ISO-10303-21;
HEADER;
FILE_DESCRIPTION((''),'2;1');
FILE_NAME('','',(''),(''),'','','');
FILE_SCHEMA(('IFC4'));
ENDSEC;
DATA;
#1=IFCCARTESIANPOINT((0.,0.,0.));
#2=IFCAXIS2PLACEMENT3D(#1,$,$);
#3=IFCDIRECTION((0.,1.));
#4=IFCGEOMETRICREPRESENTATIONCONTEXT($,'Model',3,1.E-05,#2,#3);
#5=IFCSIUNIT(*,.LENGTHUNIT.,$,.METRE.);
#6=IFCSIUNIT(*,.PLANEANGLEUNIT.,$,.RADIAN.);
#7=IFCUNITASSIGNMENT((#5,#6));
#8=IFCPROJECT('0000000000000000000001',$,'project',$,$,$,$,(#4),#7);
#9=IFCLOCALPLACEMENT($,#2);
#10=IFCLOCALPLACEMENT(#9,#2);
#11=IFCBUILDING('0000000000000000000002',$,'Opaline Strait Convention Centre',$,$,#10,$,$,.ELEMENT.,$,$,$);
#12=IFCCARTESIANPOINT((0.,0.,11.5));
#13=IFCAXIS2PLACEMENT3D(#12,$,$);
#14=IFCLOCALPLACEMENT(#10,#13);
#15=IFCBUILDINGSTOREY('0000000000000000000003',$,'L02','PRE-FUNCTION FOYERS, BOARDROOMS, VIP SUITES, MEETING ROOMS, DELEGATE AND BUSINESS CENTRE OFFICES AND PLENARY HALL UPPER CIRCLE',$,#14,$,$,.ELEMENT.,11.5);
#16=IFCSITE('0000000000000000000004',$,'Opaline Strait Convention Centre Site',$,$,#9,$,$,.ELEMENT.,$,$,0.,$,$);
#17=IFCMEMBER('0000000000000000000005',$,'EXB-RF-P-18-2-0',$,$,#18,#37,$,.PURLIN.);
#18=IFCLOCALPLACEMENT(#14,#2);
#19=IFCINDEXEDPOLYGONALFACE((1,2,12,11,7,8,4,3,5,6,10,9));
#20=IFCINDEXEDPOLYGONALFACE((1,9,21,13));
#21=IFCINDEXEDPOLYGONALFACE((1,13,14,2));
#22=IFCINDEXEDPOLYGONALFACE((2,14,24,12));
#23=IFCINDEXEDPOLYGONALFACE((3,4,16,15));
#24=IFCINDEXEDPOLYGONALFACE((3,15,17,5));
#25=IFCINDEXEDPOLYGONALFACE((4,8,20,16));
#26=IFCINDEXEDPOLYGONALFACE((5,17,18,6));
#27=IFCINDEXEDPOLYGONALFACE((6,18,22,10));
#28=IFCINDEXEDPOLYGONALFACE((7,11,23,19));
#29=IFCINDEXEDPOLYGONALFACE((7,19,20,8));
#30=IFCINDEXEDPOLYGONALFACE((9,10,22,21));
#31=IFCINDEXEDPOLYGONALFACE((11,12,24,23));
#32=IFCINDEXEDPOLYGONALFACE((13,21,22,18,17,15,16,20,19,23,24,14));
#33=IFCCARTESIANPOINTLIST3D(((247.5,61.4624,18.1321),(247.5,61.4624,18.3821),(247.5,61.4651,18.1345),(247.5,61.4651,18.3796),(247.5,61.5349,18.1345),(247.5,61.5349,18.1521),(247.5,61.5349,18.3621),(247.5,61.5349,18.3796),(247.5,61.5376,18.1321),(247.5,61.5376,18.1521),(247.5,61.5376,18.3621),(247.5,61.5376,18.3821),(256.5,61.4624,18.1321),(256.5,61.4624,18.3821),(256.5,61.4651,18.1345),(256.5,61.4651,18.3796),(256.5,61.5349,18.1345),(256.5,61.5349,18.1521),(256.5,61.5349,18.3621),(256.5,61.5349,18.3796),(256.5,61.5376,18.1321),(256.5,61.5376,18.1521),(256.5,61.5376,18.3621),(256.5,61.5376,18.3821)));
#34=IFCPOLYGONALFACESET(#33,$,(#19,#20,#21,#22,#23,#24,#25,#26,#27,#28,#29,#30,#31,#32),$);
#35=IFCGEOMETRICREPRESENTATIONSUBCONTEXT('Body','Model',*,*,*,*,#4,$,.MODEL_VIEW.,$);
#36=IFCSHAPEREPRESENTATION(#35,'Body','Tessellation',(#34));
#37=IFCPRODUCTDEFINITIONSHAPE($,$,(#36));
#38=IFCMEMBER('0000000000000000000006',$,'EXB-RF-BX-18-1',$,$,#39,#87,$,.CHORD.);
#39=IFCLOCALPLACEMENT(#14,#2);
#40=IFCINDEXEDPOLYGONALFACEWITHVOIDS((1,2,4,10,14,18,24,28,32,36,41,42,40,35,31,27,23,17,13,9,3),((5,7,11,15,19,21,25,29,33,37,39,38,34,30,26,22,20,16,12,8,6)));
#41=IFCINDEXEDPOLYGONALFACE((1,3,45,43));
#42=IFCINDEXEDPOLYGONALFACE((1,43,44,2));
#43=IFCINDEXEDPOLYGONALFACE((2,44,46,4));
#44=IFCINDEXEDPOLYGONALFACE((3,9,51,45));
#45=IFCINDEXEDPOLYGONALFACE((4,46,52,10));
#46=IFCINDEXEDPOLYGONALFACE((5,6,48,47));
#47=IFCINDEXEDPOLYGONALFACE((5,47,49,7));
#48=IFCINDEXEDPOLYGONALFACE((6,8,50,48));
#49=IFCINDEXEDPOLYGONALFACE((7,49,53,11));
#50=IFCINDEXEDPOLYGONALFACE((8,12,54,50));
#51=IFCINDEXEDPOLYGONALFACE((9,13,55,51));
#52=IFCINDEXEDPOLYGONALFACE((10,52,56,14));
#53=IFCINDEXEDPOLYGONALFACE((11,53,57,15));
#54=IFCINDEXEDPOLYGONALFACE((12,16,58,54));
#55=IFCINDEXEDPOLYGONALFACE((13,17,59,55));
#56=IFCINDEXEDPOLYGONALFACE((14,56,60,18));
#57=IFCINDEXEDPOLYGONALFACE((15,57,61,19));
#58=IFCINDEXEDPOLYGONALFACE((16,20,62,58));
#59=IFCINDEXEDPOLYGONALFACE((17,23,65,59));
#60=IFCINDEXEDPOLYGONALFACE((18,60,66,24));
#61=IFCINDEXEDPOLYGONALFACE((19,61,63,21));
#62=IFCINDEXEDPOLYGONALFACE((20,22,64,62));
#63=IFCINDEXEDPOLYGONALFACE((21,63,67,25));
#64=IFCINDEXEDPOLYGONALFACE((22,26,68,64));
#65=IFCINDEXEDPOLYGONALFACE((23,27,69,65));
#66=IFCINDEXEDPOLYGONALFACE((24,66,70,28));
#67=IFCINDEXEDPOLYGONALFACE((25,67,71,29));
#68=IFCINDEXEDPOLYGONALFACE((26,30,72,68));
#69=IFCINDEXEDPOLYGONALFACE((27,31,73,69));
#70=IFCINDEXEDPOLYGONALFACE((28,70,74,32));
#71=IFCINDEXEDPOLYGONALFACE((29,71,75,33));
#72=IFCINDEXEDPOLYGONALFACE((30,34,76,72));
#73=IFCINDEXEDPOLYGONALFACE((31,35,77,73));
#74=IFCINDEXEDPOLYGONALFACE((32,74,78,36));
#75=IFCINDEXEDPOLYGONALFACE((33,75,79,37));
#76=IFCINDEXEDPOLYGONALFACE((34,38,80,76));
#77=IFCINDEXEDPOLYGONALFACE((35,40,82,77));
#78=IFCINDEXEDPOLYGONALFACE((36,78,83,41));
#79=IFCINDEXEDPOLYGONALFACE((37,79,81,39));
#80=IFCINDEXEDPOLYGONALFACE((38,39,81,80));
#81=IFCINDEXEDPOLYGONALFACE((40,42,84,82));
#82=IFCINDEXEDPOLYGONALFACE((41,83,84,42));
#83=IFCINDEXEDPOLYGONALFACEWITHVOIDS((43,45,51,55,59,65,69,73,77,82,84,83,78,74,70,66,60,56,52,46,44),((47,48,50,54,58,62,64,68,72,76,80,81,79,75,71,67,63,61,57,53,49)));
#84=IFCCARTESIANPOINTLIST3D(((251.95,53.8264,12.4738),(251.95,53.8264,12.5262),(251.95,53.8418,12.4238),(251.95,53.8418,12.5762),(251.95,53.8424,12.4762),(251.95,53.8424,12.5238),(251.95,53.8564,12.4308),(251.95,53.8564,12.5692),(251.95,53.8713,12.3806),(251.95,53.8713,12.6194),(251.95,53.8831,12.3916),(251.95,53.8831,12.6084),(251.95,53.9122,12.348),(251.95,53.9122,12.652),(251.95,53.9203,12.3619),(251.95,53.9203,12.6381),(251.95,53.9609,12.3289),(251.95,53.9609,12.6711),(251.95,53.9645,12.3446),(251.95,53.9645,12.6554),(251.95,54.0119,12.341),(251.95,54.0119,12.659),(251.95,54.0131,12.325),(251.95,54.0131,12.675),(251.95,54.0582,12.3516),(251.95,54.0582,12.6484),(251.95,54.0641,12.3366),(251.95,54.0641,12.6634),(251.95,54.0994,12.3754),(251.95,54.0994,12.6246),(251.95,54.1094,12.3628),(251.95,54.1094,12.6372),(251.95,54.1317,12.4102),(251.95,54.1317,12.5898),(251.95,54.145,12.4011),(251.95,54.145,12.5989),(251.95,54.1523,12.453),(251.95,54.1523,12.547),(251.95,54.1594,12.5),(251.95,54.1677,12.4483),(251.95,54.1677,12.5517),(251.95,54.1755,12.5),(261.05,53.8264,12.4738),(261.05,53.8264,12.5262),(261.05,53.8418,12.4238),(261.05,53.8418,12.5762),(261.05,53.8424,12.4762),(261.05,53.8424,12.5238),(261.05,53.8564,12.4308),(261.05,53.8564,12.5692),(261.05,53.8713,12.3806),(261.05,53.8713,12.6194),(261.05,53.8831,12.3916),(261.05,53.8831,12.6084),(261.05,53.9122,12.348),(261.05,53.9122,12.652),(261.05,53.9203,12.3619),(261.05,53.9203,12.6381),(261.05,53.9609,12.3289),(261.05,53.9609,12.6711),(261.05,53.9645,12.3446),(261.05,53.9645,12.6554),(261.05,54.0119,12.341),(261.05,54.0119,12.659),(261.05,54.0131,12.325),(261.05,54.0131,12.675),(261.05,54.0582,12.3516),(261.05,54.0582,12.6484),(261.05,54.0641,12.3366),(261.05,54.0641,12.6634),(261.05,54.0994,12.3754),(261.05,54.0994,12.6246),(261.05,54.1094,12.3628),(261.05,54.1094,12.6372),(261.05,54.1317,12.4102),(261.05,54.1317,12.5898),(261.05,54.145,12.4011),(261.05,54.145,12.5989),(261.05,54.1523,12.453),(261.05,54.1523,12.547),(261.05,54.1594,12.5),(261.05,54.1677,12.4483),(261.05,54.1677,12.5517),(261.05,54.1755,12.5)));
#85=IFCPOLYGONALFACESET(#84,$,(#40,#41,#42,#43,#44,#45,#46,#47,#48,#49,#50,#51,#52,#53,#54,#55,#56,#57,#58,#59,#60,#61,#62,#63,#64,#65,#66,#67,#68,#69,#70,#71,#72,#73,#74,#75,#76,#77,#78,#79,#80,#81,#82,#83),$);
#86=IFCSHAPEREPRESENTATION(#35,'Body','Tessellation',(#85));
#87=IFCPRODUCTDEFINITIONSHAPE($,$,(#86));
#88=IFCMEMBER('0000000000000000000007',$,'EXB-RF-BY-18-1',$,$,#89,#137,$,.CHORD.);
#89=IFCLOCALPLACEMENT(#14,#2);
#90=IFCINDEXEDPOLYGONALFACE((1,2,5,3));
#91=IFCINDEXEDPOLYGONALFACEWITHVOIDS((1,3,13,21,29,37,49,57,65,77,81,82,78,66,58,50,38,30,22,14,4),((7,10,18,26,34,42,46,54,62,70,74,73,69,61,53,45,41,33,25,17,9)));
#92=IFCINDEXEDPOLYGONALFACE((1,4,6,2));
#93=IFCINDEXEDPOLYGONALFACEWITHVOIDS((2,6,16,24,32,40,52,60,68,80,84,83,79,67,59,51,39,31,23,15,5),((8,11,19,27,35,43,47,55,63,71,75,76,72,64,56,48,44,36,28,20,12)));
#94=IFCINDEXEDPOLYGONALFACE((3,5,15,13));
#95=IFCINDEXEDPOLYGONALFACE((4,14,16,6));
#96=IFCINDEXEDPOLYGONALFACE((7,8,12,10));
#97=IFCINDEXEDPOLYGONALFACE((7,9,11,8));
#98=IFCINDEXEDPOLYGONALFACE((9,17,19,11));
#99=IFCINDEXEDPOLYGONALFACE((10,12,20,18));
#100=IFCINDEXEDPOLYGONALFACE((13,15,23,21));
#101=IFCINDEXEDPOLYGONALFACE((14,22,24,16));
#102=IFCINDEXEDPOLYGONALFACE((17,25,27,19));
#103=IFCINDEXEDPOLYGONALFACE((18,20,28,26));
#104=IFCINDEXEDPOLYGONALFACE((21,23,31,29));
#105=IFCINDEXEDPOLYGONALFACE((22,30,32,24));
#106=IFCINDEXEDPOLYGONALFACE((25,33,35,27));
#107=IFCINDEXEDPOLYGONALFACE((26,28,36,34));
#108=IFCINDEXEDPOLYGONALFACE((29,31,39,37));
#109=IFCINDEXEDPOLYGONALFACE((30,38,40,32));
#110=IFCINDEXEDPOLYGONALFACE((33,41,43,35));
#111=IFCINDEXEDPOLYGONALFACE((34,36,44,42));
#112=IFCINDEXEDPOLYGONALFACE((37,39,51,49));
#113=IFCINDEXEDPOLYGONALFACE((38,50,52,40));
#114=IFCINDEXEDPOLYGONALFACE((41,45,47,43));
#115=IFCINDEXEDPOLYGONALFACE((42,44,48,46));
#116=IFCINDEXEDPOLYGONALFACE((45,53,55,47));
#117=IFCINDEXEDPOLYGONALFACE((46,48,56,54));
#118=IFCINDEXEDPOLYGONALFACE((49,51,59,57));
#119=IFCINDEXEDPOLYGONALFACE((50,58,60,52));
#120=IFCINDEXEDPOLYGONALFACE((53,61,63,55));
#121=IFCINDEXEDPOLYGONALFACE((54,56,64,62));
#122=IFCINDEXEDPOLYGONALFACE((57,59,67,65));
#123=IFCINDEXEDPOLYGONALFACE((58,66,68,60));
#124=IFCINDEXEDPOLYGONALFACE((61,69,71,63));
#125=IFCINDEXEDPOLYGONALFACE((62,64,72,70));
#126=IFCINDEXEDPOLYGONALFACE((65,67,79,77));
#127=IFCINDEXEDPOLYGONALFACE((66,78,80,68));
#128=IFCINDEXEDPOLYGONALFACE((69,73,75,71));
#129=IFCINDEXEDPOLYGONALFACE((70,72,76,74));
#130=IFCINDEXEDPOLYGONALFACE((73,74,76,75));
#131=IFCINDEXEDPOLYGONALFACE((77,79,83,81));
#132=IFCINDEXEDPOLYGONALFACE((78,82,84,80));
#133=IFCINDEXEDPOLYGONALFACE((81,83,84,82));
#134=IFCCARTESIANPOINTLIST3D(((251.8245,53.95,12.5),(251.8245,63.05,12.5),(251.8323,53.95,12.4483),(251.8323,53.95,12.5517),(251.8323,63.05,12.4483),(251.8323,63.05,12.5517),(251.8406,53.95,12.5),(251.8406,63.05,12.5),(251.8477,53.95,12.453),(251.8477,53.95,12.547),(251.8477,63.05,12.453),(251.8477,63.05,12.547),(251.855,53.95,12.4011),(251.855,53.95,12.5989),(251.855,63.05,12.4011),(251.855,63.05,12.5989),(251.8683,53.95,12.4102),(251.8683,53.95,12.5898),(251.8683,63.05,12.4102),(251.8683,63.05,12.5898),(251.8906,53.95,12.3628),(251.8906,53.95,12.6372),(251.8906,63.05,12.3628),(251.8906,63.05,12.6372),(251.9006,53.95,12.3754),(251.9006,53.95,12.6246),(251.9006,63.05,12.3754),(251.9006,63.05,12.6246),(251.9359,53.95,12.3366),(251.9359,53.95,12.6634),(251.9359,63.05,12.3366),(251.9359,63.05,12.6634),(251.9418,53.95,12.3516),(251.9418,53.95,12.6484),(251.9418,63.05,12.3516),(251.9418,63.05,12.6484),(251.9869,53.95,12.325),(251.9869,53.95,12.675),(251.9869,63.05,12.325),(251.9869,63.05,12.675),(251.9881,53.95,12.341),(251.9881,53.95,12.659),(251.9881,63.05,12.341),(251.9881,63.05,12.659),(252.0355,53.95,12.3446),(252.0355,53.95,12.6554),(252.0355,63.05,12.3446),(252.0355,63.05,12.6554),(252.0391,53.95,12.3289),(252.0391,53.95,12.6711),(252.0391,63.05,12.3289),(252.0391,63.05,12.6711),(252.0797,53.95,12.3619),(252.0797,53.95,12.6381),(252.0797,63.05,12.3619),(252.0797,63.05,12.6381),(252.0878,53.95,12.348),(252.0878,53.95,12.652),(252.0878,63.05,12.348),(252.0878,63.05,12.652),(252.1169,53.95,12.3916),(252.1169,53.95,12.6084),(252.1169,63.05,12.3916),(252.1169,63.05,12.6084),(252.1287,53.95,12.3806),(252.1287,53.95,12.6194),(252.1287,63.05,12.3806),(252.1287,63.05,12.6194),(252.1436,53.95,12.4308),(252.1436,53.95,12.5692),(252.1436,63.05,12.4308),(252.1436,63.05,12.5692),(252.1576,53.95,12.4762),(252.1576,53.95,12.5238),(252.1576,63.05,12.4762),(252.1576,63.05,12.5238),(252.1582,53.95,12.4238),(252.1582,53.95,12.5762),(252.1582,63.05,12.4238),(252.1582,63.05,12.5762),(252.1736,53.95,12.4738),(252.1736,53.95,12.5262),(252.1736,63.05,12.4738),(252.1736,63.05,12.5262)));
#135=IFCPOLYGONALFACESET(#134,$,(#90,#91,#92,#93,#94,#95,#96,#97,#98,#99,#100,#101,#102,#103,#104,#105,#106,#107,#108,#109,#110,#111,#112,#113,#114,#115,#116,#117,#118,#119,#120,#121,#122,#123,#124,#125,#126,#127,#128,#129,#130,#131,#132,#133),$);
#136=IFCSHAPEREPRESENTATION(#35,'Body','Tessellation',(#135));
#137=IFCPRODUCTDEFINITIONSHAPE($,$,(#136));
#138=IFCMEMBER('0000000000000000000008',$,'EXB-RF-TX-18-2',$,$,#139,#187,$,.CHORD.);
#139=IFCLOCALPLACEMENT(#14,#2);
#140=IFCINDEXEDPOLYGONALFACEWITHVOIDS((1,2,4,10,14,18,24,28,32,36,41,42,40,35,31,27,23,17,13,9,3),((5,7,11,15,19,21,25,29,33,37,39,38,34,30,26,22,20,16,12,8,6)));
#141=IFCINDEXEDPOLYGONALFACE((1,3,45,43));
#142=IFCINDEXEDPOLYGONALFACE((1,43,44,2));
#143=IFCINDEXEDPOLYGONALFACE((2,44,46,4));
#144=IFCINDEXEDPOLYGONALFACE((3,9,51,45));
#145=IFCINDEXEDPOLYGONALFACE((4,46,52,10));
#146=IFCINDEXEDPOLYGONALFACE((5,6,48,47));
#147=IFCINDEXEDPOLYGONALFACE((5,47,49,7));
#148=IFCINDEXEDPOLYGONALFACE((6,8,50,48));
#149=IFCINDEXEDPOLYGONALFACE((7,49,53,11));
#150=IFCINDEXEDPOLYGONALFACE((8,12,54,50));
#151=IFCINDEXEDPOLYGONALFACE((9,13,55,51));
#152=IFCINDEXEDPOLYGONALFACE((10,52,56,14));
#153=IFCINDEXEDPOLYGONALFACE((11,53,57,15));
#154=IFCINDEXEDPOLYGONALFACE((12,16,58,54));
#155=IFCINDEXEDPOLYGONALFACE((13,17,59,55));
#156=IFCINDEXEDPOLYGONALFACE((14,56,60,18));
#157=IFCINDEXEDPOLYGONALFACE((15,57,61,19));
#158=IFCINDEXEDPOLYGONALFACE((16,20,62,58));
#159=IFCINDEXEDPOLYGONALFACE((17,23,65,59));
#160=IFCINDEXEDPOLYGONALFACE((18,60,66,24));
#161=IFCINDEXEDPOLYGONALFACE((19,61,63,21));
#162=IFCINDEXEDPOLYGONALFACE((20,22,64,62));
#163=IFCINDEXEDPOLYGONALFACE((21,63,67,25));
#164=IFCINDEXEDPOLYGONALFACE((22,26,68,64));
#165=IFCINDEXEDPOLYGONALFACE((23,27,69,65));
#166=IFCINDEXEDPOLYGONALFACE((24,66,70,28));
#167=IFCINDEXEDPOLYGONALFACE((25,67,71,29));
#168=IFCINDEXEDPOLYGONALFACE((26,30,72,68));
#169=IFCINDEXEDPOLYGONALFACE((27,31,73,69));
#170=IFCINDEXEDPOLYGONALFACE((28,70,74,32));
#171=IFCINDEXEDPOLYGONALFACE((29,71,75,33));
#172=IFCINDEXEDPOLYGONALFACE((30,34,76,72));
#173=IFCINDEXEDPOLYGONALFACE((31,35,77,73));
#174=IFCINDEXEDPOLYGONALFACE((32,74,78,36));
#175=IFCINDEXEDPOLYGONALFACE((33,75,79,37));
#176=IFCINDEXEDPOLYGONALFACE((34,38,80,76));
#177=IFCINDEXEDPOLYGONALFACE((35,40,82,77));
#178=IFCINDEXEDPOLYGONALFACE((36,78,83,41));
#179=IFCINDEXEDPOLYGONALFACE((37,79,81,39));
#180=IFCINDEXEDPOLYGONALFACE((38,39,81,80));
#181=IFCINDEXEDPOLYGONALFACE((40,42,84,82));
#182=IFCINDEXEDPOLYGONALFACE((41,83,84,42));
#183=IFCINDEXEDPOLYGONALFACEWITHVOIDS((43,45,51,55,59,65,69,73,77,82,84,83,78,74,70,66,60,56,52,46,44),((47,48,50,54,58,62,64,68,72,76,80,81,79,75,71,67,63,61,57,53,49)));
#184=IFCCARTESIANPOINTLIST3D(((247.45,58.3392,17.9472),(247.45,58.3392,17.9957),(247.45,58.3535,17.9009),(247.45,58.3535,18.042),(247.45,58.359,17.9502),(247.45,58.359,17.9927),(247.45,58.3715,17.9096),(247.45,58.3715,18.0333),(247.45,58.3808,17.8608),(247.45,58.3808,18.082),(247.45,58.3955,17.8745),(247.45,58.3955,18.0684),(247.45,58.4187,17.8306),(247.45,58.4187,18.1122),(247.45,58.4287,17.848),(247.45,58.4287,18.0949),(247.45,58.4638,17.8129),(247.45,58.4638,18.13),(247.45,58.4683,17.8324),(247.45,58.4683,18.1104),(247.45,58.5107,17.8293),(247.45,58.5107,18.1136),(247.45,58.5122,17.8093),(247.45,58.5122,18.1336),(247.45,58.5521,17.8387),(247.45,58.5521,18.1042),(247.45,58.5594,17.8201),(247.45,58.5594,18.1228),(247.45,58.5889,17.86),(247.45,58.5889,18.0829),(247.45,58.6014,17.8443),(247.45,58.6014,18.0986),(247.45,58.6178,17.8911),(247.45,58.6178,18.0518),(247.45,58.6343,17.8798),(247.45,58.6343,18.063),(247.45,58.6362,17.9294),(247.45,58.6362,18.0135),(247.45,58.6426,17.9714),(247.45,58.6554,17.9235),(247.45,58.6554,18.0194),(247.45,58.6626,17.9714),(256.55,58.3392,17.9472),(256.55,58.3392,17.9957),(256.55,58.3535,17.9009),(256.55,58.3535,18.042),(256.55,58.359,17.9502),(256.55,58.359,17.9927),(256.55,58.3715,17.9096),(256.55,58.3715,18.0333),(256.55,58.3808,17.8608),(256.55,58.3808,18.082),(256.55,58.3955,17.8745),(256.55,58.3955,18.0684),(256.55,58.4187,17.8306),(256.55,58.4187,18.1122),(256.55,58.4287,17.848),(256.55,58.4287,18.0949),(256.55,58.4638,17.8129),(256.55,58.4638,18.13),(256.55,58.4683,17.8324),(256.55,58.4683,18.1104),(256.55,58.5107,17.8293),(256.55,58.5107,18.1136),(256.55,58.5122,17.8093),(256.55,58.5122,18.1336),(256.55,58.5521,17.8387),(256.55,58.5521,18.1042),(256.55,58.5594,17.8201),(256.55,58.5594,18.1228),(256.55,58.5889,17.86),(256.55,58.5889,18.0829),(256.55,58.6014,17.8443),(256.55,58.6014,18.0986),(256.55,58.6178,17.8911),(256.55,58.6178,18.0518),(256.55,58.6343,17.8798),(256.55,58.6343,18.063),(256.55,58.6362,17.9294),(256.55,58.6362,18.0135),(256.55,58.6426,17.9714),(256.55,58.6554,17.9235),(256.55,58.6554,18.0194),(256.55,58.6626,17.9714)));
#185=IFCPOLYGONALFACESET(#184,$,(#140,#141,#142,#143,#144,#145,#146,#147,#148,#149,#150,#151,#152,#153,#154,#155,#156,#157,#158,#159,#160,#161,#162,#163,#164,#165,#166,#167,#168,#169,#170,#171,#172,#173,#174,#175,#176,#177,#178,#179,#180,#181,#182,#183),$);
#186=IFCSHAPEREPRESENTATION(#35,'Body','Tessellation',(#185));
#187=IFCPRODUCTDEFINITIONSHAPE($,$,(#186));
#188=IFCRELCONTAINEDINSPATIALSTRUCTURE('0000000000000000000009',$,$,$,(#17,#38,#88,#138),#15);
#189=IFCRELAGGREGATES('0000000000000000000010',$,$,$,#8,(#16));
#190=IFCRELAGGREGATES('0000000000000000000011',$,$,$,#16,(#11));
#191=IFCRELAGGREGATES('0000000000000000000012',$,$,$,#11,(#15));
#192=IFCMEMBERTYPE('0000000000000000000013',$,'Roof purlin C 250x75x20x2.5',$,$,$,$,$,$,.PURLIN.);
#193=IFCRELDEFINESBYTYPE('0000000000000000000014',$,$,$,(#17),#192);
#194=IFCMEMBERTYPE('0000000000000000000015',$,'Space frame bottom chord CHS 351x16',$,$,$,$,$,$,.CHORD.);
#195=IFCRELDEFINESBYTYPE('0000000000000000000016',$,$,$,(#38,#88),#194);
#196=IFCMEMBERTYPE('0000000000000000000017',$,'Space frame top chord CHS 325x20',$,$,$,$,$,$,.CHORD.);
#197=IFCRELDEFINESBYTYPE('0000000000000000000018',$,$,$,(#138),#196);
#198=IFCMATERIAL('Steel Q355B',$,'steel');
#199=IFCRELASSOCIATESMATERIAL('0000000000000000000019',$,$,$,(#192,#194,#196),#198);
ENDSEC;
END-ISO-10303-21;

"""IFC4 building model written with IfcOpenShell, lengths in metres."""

from ifc_helpers import new_model, si_unit, direction, frame, origin, origin_2d, place, context, subcontext, project, spatial, polyline, hollow_circle, outline, extrude, material, material_profile, profile_set, type_object, element, save


model = new_model("IFC4")

# Units and contexts
model_context = context("Model", 3, precision=1e-05, world=origin(), true_north=direction((0.0, 1.0)))
body_context = subcontext(model_context, "Body", "Model", "MODEL_VIEW")
ifc_project = project(units=[si_unit("LENGTHUNIT", "METRE"), si_unit("PLANEANGLEUNIT", "RADIAN")], contexts=[model_context])

# Site, building, storey
site_placement = place(None, origin())
site = spatial("IfcSite", under=ifc_project, at=site_placement, Name="Opaline Strait Convention Centre Site", CompositionType="ELEMENT", RefElevation=0.0)
building_placement = place(site_placement, origin())
building = spatial("IfcBuilding", under=site, at=building_placement, Name="Opaline Strait Convention Centre", CompositionType="ELEMENT")
storey_placement = place(building_placement, frame((0.0, 0.0, 11.5)))
storey = spatial("IfcBuildingStorey", under=building, at=storey_placement, Name="L02", Description="PRE-FUNCTION FOYERS, BOARDROOMS, VIP SUITES, MEETING ROOMS, DELEGATE AND BUSINESS CENTRE OFFICES AND PLENARY HALL UPPER CIRCLE", CompositionType="ELEMENT", Elevation=11.5)

# Members
ifc_material_1 = material(Name="Steel Q355B", Category="steel")
ifc_material_profile_1 = material_profile(ifc_material_1, outline(polyline([(-0.0376, -0.125), (0.0376, -0.125), (0.0376, -0.105), (0.0349, -0.105), (0.0349, -0.1226), (-0.0349, -0.1226), (-0.0349, 0.1226), (0.0349, 0.1226), (0.0349, 0.105), (0.0376, 0.105), (0.0376, 0.125), (-0.0376, 0.125), (-0.0376, -0.125)])), Name="C 250x75x20x2.5")
ifc_profile_set_1 = profile_set([ifc_material_profile_1], Name="Steel Q355B")
member_type_1 = type_object("IfcMemberType", Name="Roof purlin C 250x75x20x2.5", PredefinedType="PURLIN", material=ifc_profile_set_1)
member_1_placement = place(storey_placement, frame((247.5, 61.5, 18.2571), z_axis=(1.0, 0.0, 0.0), x_axis=(0.0, 1.0, 0.0)))
element("IfcMember", 1, at=member_1_placement, inside=storey, type_object=member_type_1, Name="EXB-RF-P-18-2-0", PredefinedType="PURLIN", context=body_context, shape_type="SweptSolid", body=[
    extrude(outline(polyline([(-0.0376, -0.125), (0.0376, -0.125), (0.0376, -0.105), (0.0349, -0.105), (0.0349, -0.1226), (-0.0349, -0.1226), (-0.0349, 0.1226), (0.0349, 0.1226), (0.0349, 0.105), (0.0376, 0.105), (0.0376, 0.125), (-0.0376, 0.125), (-0.0376, -0.125)])), origin(), (0.0, 0.0, 1.0), 9.0),
])
ifc_material_profile_2 = material_profile(ifc_material_1, hollow_circle(Radius=0.1755, WallThickness=0.0161, at=origin_2d()), Name="CHS 351x16")
ifc_profile_set_2 = profile_set([ifc_material_profile_2], Name="Steel Q355B")
member_type_2 = type_object("IfcMemberType", Name="Space frame bottom chord CHS 351x16", PredefinedType="CHORD", material=ifc_profile_set_2)
for number, where, z_axis, x_axis, name in (
    (2, (251.95, 54.0, 12.5), (1.0, 0.0, 0.0), (0.0, 1.0, 0.0), "EXB-RF-BX-18-1"),
    (3, (252.0, 53.95, 12.5), (0.0, 1.0, 0.0), (-1.0, 0.0, 0.0), "EXB-RF-BY-18-1"),
):
    element("IfcMember", number, at=place(storey_placement, frame(where, z_axis=z_axis, x_axis=x_axis)), inside=storey, type_object=member_type_2, Name=name, PredefinedType="CHORD", context=body_context, shape_type="SweptSolid", body=[
        extrude(hollow_circle(Radius=0.1755, WallThickness=0.0161, at=origin_2d()), origin(), (0.0, 0.0, 1.0), 9.1001),
    ])
ifc_material_profile_3 = material_profile(ifc_material_1, hollow_circle(Radius=0.1626, WallThickness=0.02, at=origin_2d()), Name="CHS 325x20")
ifc_profile_set_3 = profile_set([ifc_material_profile_3], Name="Steel Q355B")
member_type_3 = type_object("IfcMemberType", Name="Space frame top chord CHS 325x20", PredefinedType="CHORD", material=ifc_profile_set_3)
member_2_placement = place(storey_placement, frame((247.45, 58.5, 17.9714), z_axis=(1.0, 0.0, 0.0), x_axis=(0.0, 1.0, 0.0)))
element("IfcMember", 4, at=member_2_placement, inside=storey, type_object=member_type_3, Name="EXB-RF-TX-18-2", PredefinedType="CHORD", context=body_context, shape_type="SweptSolid", body=[
    extrude(hollow_circle(Radius=0.1626, WallThickness=0.02, at=origin_2d()), origin(), (0.0, 0.0, 1.0), 9.1001),
])

save(model, "model.ifc")
